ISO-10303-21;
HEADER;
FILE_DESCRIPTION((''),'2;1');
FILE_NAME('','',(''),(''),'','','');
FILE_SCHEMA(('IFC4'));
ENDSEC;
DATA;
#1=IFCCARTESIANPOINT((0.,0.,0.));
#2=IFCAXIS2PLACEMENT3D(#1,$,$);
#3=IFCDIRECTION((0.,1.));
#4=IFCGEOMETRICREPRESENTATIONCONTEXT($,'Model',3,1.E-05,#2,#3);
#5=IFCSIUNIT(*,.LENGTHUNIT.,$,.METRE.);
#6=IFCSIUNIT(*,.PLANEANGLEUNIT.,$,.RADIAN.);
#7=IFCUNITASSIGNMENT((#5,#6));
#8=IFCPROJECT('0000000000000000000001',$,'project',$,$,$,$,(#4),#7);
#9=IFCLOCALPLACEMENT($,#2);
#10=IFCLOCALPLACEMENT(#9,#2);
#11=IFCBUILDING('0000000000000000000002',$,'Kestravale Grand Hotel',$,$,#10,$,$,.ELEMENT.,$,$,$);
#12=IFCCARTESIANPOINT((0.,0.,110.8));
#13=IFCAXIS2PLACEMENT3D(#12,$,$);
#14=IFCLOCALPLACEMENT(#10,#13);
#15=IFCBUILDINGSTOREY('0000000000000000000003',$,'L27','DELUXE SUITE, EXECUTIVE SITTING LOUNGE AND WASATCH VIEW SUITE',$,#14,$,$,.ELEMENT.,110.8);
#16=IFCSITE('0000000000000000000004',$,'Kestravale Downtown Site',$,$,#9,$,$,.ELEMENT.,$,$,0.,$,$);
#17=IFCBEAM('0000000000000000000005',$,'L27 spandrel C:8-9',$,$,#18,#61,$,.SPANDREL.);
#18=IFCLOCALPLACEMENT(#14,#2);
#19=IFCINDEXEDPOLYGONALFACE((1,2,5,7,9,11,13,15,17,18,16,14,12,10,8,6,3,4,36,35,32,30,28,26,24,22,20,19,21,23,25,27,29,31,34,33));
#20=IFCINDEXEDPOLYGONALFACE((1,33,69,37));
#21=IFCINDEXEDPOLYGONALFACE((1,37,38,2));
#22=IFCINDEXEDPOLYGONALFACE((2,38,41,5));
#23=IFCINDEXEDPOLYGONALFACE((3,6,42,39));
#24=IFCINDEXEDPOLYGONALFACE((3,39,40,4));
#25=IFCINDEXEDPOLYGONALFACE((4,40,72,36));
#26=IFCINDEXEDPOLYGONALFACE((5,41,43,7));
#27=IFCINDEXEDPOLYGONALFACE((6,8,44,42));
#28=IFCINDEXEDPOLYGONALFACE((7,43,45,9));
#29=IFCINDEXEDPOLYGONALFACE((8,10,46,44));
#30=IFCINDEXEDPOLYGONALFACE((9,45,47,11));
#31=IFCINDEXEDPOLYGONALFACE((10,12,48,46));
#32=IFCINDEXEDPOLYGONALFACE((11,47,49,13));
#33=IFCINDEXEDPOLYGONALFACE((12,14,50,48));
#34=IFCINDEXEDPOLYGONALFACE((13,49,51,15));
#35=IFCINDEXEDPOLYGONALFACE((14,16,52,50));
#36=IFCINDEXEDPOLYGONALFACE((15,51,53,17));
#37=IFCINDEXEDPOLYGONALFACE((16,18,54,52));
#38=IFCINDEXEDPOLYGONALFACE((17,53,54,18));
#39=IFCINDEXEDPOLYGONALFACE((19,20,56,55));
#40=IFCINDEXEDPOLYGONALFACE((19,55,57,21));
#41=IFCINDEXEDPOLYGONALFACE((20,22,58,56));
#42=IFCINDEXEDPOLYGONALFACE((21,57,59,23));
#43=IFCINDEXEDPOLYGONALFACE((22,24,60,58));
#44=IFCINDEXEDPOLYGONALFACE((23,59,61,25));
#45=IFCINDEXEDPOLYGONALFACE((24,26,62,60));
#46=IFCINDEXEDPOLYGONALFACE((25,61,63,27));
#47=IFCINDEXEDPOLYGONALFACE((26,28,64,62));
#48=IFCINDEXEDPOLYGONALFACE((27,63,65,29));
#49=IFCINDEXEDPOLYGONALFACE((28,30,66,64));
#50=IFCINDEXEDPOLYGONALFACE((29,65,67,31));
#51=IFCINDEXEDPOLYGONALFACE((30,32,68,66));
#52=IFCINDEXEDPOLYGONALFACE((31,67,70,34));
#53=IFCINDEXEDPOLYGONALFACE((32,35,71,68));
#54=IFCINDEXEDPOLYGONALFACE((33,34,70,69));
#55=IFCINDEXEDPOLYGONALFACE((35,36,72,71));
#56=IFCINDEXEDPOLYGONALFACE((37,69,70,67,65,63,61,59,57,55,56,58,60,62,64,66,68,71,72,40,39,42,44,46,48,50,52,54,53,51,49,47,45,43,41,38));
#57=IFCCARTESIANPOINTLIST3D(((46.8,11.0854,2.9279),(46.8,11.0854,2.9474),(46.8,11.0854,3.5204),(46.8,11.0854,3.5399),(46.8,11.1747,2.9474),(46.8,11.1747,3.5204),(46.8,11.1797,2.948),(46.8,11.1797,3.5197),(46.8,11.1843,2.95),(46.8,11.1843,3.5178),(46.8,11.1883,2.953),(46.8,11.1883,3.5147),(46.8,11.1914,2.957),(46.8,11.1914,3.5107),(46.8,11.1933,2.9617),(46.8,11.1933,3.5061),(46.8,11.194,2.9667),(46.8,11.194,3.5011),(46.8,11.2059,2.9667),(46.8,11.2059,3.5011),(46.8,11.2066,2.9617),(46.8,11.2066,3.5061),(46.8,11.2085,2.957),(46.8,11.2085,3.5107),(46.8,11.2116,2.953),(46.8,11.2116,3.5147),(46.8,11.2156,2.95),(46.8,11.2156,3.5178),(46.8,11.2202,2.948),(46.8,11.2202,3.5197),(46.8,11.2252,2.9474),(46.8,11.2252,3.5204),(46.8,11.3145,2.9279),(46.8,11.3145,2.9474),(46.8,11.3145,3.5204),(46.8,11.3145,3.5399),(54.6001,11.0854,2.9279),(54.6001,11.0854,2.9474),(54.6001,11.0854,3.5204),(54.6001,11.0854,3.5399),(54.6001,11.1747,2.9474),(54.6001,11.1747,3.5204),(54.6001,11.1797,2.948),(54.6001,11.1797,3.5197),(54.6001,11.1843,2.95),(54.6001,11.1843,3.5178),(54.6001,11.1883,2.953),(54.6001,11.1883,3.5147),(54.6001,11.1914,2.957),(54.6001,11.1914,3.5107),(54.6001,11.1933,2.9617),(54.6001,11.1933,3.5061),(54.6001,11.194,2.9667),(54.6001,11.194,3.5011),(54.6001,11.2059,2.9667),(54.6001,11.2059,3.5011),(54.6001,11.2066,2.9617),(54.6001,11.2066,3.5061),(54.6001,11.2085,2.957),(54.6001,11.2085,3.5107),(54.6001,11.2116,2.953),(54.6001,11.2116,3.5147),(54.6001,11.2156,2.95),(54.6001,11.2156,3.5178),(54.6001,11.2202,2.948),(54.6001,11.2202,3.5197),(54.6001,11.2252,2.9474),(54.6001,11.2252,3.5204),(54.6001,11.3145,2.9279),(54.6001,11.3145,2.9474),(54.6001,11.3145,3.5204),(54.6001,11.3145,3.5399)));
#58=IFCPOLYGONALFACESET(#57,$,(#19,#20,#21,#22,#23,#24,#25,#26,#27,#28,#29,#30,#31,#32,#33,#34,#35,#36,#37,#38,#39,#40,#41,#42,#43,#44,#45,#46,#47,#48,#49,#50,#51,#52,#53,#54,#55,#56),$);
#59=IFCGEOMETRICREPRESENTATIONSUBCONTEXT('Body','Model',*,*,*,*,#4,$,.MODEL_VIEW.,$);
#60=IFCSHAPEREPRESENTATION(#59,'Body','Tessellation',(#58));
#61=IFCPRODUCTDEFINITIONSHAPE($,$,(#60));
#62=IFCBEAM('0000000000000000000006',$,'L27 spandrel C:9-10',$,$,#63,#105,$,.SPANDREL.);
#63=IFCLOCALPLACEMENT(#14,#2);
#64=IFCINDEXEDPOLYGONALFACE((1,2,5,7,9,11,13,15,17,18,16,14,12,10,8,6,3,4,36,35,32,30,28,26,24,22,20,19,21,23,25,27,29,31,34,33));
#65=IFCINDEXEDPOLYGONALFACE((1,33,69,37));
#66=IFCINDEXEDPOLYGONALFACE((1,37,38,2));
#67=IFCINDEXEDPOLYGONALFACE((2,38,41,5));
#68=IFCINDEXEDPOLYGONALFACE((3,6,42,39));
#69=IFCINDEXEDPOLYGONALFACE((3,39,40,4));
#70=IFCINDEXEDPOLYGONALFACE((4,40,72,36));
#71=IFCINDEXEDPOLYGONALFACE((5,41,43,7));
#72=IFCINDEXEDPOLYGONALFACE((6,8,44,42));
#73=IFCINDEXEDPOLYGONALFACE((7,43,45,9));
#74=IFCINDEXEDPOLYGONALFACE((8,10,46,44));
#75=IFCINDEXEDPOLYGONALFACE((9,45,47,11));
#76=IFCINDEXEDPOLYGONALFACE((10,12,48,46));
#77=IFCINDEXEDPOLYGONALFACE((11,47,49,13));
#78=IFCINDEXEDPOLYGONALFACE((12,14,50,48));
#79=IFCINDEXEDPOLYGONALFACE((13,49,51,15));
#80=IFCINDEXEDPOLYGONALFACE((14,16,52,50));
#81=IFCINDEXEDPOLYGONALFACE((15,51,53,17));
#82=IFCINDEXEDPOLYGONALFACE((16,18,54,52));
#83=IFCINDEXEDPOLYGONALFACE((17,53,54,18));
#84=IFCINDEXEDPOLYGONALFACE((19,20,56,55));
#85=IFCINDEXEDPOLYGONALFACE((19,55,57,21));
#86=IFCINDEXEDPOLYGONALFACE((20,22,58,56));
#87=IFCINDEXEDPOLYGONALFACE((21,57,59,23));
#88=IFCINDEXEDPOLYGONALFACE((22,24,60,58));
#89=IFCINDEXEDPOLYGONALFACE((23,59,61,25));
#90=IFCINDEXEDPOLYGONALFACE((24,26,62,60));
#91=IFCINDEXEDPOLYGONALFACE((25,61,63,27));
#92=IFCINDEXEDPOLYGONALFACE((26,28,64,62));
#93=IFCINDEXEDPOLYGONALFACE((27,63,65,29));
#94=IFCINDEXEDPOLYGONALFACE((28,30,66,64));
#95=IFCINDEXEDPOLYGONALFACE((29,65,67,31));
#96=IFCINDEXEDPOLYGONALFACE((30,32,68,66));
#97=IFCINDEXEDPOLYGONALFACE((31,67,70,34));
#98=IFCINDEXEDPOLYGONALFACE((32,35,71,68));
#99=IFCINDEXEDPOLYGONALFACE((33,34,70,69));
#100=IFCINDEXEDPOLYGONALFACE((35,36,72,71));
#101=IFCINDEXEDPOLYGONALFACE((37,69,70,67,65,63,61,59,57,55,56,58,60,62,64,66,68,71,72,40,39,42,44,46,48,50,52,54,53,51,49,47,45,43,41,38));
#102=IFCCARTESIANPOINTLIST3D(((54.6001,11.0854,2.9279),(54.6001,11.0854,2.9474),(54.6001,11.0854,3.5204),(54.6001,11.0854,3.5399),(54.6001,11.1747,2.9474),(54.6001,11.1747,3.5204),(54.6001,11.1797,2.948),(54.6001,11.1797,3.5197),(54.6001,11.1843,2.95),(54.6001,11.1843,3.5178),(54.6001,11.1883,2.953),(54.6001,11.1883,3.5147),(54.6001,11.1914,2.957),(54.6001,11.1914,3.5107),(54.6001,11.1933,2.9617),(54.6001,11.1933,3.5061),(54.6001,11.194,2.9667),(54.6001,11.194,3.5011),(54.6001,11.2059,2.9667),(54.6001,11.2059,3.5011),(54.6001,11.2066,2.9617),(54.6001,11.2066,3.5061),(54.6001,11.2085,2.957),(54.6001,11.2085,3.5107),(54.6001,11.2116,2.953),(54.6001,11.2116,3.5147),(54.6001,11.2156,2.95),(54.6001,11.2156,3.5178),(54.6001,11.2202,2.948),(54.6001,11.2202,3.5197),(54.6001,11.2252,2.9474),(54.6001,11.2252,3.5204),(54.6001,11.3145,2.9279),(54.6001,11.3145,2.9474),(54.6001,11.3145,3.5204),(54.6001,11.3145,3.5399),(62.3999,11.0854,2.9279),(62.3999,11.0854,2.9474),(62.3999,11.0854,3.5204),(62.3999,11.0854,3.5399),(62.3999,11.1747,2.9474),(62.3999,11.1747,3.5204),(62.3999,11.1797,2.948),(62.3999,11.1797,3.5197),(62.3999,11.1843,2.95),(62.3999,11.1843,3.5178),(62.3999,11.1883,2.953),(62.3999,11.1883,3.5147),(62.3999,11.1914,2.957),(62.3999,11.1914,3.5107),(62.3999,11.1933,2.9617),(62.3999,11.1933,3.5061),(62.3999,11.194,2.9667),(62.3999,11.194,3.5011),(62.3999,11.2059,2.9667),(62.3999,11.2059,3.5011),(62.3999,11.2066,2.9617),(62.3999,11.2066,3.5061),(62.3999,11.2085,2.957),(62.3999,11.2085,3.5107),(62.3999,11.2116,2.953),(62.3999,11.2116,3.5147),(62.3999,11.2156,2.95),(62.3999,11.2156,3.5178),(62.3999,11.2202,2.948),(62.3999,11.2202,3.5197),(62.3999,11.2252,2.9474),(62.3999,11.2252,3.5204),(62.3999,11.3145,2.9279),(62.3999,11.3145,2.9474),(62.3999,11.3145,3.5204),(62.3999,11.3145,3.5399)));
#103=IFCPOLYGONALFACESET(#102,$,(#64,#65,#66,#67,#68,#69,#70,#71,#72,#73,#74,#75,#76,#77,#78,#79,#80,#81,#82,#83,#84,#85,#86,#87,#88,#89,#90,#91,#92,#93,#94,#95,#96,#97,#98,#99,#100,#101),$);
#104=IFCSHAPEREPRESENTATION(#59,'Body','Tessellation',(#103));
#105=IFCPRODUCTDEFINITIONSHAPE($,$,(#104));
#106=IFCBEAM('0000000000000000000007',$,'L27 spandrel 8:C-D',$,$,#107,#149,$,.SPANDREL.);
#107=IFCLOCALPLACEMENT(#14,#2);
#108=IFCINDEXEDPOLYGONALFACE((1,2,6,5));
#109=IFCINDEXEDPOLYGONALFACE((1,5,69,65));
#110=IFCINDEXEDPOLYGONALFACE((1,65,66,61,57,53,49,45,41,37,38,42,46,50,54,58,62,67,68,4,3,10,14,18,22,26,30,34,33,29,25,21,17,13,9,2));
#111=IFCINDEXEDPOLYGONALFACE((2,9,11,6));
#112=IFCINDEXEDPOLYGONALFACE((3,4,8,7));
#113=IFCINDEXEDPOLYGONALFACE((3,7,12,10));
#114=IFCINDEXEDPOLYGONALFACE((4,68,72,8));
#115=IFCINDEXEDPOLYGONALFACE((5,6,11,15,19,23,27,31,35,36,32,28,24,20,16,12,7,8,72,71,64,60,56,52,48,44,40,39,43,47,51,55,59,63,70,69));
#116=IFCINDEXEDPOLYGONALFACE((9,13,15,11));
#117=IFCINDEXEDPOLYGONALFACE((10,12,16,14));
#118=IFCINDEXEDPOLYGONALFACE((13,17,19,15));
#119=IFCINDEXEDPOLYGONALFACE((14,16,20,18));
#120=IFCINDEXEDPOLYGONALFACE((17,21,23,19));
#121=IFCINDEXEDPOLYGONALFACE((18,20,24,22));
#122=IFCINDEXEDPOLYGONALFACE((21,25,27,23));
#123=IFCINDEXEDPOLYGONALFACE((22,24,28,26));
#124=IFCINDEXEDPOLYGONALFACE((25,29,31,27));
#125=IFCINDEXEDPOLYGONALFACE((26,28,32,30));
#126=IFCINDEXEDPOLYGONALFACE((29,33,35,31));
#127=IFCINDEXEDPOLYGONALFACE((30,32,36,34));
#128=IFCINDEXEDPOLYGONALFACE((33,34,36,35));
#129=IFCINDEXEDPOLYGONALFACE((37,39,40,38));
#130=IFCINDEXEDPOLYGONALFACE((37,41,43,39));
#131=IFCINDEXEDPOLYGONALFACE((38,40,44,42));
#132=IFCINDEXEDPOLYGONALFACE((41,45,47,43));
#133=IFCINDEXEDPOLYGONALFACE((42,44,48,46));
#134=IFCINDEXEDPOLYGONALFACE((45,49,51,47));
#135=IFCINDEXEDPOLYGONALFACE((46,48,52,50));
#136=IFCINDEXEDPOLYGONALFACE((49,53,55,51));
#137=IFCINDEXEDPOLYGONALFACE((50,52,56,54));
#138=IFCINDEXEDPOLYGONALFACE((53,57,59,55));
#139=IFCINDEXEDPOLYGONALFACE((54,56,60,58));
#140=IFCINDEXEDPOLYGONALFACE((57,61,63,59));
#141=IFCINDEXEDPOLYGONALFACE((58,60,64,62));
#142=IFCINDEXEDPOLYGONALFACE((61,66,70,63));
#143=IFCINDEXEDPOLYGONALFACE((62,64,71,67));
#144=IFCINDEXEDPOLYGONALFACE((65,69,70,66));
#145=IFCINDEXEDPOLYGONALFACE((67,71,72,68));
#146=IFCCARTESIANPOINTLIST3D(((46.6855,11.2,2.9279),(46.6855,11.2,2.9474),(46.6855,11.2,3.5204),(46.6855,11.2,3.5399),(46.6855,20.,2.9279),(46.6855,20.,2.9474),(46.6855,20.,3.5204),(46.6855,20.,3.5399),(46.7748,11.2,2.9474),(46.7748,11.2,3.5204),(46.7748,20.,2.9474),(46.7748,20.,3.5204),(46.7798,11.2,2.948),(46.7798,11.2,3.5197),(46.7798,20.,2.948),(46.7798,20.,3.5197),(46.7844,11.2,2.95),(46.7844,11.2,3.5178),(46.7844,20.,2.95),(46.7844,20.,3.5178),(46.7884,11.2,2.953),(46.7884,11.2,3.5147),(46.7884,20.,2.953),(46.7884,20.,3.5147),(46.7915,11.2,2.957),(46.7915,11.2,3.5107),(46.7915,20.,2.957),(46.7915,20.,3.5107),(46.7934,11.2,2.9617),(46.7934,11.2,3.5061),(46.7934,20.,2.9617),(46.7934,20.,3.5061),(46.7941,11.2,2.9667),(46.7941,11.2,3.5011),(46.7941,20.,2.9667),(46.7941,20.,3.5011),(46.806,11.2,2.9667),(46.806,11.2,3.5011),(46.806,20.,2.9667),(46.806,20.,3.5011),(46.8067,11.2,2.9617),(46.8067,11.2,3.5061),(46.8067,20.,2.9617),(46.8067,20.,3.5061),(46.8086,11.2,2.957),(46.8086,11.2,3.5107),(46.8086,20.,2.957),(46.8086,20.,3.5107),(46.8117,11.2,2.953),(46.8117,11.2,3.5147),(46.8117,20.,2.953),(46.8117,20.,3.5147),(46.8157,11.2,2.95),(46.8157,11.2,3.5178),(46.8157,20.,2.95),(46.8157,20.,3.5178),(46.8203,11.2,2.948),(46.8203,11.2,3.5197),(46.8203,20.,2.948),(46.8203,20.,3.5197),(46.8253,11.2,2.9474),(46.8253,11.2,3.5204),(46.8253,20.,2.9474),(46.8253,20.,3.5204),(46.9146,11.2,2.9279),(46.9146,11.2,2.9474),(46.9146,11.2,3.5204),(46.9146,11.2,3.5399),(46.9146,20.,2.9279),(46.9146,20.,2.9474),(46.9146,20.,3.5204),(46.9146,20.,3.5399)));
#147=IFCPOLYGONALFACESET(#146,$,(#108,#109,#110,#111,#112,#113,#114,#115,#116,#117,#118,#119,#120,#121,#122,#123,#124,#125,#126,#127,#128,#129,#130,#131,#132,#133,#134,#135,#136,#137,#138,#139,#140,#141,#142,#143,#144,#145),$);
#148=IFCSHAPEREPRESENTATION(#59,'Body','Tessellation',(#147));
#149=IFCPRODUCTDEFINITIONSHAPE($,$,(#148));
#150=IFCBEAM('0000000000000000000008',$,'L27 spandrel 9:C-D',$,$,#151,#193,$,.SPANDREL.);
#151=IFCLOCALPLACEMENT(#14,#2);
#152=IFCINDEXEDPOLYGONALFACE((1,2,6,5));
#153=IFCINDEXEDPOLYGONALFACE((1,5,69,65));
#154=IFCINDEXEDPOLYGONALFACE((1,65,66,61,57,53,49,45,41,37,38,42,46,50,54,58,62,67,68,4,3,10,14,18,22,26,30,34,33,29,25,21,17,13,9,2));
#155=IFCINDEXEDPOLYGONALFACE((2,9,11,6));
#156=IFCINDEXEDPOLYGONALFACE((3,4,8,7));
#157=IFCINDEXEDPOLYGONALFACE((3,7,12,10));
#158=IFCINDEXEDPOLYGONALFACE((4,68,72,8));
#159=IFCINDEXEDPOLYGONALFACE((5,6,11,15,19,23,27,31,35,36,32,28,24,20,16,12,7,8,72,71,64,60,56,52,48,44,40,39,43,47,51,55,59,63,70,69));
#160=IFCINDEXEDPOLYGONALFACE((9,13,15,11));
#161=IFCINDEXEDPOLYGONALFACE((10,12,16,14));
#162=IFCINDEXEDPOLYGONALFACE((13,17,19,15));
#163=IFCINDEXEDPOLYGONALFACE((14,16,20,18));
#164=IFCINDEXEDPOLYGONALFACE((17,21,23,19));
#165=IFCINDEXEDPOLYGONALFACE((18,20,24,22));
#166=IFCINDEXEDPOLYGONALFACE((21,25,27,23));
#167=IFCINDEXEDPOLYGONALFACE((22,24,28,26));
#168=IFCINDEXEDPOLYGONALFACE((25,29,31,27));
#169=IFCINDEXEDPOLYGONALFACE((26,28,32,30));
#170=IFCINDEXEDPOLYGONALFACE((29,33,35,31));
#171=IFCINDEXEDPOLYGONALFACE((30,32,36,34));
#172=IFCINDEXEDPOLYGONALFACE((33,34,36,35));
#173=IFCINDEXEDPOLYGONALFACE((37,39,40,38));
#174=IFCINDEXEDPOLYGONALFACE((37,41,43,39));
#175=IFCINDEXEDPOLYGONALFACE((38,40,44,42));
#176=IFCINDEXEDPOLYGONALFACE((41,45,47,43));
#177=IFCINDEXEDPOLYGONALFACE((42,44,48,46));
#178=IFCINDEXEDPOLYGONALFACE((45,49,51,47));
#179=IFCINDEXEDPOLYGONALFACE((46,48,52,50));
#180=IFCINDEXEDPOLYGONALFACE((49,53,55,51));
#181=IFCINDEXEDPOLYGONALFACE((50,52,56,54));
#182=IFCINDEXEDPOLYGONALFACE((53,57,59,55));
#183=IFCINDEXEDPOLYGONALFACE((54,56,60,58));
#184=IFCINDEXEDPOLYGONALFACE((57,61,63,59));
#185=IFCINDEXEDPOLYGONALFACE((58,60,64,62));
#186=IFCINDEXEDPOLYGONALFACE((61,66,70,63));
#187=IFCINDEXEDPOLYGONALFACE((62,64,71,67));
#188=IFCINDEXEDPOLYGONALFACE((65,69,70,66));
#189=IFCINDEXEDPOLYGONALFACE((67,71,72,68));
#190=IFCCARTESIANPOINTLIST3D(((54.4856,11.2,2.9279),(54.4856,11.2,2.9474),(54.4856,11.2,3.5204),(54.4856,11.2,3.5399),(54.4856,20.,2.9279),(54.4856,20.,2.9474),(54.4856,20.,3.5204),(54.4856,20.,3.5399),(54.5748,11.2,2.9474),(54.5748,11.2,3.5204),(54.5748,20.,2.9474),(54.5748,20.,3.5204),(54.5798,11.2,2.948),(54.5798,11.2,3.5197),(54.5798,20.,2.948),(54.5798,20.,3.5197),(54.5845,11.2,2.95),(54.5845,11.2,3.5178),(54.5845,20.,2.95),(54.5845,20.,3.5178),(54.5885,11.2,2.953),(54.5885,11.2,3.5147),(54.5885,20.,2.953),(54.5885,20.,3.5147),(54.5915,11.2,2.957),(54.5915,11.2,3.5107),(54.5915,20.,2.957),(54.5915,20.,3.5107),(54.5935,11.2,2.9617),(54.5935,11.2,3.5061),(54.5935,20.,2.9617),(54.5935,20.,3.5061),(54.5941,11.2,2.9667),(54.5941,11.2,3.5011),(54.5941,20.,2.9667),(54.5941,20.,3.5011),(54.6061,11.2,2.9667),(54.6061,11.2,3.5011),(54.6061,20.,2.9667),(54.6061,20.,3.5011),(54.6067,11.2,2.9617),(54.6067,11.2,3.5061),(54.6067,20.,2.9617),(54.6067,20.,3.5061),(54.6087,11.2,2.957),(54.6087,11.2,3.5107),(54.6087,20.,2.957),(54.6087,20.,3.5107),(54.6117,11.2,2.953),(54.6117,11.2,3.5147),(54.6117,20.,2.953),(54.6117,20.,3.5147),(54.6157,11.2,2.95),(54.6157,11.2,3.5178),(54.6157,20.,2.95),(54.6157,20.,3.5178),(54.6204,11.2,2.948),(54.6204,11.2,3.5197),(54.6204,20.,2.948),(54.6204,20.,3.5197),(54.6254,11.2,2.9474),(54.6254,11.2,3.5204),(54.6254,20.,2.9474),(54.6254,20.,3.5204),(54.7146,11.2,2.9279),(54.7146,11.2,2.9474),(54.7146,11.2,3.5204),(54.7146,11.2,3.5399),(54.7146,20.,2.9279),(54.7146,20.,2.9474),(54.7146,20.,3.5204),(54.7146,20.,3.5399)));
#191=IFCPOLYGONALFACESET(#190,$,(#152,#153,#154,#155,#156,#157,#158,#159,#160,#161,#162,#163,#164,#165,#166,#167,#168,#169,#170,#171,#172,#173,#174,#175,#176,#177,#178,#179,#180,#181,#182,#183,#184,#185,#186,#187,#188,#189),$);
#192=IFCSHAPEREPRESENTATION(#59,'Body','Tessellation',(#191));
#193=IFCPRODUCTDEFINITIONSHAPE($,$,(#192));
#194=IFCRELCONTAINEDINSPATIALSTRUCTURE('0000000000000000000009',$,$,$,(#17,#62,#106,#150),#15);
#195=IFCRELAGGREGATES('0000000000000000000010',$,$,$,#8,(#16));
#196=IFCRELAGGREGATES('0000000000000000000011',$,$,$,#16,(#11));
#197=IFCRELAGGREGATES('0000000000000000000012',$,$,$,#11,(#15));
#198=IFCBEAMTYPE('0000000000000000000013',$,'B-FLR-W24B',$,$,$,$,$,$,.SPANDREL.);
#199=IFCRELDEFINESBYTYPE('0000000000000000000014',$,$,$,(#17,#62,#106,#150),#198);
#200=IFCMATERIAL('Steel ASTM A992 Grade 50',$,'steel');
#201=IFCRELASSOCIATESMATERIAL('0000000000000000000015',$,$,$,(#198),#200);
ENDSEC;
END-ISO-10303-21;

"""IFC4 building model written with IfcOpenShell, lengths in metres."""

from ifc_helpers import new_model, si_unit, direction, frame, origin, origin_2d, place, context, subcontext, project, spatial, i_section, extrude, material, material_profile, profile_set, type_object, element, save


model = new_model("IFC4")

# Units and contexts
model_context = context("Model", 3, precision=1e-05, world=origin(), true_north=direction((0.0, 1.0)))
body_context = subcontext(model_context, "Body", "Model", "MODEL_VIEW")
ifc_project = project(units=[si_unit("LENGTHUNIT", "METRE"), si_unit("PLANEANGLEUNIT", "RADIAN")], contexts=[model_context])

# Site, building, storey
site_placement = place(None, origin())
site = spatial("IfcSite", under=ifc_project, at=site_placement, Name="Kestravale Downtown Site", CompositionType="ELEMENT", RefElevation=0.0)
building_placement = place(site_placement, origin())
building = spatial("IfcBuilding", under=site, at=building_placement, Name="Kestravale Grand Hotel", CompositionType="ELEMENT")
storey_placement = place(building_placement, frame((0.0, 0.0, 110.8)))
storey = spatial("IfcBuildingStorey", under=building, at=storey_placement, Name="L27", Description="DELUXE SUITE, EXECUTIVE SITTING LOUNGE AND WASATCH VIEW SUITE", CompositionType="ELEMENT", Elevation=110.8)

# Beams
ifc_material_1 = material(Name="Steel ASTM A992 Grade 50", Category="steel")
ifc_material_profile_1 = material_profile(ifc_material_1, i_section(OverallWidth=0.229, OverallDepth=0.6121, WebThickness=0.012, FlangeThickness=0.0195, FilletRadius=0.0193, at=origin_2d()))
ifc_profile_set_1 = profile_set([ifc_material_profile_1], Name="Steel ASTM A992 Grade 50")
beam_type_1 = type_object("IfcBeamType", Name="B-FLR-W24B", PredefinedType="SPANDREL", material=ifc_profile_set_1)
beam_1_placement = place(storey_placement, frame((46.8, 11.2, 3.2339), z_axis=(1.0, 0.0, 0.0), x_axis=(0.0, 1.0, 0.0)))
element("IfcBeam", 1, at=beam_1_placement, inside=storey, type_object=beam_type_1, Name="L27 spandrel C:8-9", PredefinedType="SPANDREL", context=body_context, shape_type="SweptSolid", body=[
    extrude(i_section(OverallWidth=0.229, OverallDepth=0.6121, WebThickness=0.012, FlangeThickness=0.0195, FilletRadius=0.0193, at=origin_2d()), origin(), (0.0, 0.0, 1.0), 7.8),
])
beam_2_placement = place(storey_placement, frame((54.6001, 11.2, 3.2339), z_axis=(1.0, 0.0, 0.0), x_axis=(0.0, 1.0, 0.0)))
element("IfcBeam", 2, at=beam_2_placement, inside=storey, type_object=beam_type_1, Name="L27 spandrel C:9-10", PredefinedType="SPANDREL", context=body_context, shape_type="SweptSolid", body=[
    extrude(i_section(OverallWidth=0.229, OverallDepth=0.6121, WebThickness=0.012, FlangeThickness=0.0195, FilletRadius=0.0193, at=origin_2d()), origin(), (0.0, 0.0, 1.0), 7.7998),
])
for number, where, z_axis, x_axis, name in (
    (3, (46.8, 11.2, 3.2339), (0.0, 1.0, 0.0), (-1.0, 0.0, 0.0), "L27 spandrel 8:C-D"),
    (4, (54.6001, 11.2, 3.2339), (0.0, 1.0, 0.0), (-1.0, 0.0, 0.0), "L27 spandrel 9:C-D"),
):
    element("IfcBeam", number, at=place(storey_placement, frame(where, z_axis=z_axis, x_axis=x_axis)), inside=storey, type_object=beam_type_1, Name=name, PredefinedType="SPANDREL", context=body_context, shape_type="SweptSolid", body=[
        extrude(i_section(OverallWidth=0.229, OverallDepth=0.6121, WebThickness=0.012, FlangeThickness=0.0195, FilletRadius=0.0193, at=origin_2d()), origin(), (0.0, 0.0, 1.0), 8.8),
    ])

save(model, "model.ifc")
